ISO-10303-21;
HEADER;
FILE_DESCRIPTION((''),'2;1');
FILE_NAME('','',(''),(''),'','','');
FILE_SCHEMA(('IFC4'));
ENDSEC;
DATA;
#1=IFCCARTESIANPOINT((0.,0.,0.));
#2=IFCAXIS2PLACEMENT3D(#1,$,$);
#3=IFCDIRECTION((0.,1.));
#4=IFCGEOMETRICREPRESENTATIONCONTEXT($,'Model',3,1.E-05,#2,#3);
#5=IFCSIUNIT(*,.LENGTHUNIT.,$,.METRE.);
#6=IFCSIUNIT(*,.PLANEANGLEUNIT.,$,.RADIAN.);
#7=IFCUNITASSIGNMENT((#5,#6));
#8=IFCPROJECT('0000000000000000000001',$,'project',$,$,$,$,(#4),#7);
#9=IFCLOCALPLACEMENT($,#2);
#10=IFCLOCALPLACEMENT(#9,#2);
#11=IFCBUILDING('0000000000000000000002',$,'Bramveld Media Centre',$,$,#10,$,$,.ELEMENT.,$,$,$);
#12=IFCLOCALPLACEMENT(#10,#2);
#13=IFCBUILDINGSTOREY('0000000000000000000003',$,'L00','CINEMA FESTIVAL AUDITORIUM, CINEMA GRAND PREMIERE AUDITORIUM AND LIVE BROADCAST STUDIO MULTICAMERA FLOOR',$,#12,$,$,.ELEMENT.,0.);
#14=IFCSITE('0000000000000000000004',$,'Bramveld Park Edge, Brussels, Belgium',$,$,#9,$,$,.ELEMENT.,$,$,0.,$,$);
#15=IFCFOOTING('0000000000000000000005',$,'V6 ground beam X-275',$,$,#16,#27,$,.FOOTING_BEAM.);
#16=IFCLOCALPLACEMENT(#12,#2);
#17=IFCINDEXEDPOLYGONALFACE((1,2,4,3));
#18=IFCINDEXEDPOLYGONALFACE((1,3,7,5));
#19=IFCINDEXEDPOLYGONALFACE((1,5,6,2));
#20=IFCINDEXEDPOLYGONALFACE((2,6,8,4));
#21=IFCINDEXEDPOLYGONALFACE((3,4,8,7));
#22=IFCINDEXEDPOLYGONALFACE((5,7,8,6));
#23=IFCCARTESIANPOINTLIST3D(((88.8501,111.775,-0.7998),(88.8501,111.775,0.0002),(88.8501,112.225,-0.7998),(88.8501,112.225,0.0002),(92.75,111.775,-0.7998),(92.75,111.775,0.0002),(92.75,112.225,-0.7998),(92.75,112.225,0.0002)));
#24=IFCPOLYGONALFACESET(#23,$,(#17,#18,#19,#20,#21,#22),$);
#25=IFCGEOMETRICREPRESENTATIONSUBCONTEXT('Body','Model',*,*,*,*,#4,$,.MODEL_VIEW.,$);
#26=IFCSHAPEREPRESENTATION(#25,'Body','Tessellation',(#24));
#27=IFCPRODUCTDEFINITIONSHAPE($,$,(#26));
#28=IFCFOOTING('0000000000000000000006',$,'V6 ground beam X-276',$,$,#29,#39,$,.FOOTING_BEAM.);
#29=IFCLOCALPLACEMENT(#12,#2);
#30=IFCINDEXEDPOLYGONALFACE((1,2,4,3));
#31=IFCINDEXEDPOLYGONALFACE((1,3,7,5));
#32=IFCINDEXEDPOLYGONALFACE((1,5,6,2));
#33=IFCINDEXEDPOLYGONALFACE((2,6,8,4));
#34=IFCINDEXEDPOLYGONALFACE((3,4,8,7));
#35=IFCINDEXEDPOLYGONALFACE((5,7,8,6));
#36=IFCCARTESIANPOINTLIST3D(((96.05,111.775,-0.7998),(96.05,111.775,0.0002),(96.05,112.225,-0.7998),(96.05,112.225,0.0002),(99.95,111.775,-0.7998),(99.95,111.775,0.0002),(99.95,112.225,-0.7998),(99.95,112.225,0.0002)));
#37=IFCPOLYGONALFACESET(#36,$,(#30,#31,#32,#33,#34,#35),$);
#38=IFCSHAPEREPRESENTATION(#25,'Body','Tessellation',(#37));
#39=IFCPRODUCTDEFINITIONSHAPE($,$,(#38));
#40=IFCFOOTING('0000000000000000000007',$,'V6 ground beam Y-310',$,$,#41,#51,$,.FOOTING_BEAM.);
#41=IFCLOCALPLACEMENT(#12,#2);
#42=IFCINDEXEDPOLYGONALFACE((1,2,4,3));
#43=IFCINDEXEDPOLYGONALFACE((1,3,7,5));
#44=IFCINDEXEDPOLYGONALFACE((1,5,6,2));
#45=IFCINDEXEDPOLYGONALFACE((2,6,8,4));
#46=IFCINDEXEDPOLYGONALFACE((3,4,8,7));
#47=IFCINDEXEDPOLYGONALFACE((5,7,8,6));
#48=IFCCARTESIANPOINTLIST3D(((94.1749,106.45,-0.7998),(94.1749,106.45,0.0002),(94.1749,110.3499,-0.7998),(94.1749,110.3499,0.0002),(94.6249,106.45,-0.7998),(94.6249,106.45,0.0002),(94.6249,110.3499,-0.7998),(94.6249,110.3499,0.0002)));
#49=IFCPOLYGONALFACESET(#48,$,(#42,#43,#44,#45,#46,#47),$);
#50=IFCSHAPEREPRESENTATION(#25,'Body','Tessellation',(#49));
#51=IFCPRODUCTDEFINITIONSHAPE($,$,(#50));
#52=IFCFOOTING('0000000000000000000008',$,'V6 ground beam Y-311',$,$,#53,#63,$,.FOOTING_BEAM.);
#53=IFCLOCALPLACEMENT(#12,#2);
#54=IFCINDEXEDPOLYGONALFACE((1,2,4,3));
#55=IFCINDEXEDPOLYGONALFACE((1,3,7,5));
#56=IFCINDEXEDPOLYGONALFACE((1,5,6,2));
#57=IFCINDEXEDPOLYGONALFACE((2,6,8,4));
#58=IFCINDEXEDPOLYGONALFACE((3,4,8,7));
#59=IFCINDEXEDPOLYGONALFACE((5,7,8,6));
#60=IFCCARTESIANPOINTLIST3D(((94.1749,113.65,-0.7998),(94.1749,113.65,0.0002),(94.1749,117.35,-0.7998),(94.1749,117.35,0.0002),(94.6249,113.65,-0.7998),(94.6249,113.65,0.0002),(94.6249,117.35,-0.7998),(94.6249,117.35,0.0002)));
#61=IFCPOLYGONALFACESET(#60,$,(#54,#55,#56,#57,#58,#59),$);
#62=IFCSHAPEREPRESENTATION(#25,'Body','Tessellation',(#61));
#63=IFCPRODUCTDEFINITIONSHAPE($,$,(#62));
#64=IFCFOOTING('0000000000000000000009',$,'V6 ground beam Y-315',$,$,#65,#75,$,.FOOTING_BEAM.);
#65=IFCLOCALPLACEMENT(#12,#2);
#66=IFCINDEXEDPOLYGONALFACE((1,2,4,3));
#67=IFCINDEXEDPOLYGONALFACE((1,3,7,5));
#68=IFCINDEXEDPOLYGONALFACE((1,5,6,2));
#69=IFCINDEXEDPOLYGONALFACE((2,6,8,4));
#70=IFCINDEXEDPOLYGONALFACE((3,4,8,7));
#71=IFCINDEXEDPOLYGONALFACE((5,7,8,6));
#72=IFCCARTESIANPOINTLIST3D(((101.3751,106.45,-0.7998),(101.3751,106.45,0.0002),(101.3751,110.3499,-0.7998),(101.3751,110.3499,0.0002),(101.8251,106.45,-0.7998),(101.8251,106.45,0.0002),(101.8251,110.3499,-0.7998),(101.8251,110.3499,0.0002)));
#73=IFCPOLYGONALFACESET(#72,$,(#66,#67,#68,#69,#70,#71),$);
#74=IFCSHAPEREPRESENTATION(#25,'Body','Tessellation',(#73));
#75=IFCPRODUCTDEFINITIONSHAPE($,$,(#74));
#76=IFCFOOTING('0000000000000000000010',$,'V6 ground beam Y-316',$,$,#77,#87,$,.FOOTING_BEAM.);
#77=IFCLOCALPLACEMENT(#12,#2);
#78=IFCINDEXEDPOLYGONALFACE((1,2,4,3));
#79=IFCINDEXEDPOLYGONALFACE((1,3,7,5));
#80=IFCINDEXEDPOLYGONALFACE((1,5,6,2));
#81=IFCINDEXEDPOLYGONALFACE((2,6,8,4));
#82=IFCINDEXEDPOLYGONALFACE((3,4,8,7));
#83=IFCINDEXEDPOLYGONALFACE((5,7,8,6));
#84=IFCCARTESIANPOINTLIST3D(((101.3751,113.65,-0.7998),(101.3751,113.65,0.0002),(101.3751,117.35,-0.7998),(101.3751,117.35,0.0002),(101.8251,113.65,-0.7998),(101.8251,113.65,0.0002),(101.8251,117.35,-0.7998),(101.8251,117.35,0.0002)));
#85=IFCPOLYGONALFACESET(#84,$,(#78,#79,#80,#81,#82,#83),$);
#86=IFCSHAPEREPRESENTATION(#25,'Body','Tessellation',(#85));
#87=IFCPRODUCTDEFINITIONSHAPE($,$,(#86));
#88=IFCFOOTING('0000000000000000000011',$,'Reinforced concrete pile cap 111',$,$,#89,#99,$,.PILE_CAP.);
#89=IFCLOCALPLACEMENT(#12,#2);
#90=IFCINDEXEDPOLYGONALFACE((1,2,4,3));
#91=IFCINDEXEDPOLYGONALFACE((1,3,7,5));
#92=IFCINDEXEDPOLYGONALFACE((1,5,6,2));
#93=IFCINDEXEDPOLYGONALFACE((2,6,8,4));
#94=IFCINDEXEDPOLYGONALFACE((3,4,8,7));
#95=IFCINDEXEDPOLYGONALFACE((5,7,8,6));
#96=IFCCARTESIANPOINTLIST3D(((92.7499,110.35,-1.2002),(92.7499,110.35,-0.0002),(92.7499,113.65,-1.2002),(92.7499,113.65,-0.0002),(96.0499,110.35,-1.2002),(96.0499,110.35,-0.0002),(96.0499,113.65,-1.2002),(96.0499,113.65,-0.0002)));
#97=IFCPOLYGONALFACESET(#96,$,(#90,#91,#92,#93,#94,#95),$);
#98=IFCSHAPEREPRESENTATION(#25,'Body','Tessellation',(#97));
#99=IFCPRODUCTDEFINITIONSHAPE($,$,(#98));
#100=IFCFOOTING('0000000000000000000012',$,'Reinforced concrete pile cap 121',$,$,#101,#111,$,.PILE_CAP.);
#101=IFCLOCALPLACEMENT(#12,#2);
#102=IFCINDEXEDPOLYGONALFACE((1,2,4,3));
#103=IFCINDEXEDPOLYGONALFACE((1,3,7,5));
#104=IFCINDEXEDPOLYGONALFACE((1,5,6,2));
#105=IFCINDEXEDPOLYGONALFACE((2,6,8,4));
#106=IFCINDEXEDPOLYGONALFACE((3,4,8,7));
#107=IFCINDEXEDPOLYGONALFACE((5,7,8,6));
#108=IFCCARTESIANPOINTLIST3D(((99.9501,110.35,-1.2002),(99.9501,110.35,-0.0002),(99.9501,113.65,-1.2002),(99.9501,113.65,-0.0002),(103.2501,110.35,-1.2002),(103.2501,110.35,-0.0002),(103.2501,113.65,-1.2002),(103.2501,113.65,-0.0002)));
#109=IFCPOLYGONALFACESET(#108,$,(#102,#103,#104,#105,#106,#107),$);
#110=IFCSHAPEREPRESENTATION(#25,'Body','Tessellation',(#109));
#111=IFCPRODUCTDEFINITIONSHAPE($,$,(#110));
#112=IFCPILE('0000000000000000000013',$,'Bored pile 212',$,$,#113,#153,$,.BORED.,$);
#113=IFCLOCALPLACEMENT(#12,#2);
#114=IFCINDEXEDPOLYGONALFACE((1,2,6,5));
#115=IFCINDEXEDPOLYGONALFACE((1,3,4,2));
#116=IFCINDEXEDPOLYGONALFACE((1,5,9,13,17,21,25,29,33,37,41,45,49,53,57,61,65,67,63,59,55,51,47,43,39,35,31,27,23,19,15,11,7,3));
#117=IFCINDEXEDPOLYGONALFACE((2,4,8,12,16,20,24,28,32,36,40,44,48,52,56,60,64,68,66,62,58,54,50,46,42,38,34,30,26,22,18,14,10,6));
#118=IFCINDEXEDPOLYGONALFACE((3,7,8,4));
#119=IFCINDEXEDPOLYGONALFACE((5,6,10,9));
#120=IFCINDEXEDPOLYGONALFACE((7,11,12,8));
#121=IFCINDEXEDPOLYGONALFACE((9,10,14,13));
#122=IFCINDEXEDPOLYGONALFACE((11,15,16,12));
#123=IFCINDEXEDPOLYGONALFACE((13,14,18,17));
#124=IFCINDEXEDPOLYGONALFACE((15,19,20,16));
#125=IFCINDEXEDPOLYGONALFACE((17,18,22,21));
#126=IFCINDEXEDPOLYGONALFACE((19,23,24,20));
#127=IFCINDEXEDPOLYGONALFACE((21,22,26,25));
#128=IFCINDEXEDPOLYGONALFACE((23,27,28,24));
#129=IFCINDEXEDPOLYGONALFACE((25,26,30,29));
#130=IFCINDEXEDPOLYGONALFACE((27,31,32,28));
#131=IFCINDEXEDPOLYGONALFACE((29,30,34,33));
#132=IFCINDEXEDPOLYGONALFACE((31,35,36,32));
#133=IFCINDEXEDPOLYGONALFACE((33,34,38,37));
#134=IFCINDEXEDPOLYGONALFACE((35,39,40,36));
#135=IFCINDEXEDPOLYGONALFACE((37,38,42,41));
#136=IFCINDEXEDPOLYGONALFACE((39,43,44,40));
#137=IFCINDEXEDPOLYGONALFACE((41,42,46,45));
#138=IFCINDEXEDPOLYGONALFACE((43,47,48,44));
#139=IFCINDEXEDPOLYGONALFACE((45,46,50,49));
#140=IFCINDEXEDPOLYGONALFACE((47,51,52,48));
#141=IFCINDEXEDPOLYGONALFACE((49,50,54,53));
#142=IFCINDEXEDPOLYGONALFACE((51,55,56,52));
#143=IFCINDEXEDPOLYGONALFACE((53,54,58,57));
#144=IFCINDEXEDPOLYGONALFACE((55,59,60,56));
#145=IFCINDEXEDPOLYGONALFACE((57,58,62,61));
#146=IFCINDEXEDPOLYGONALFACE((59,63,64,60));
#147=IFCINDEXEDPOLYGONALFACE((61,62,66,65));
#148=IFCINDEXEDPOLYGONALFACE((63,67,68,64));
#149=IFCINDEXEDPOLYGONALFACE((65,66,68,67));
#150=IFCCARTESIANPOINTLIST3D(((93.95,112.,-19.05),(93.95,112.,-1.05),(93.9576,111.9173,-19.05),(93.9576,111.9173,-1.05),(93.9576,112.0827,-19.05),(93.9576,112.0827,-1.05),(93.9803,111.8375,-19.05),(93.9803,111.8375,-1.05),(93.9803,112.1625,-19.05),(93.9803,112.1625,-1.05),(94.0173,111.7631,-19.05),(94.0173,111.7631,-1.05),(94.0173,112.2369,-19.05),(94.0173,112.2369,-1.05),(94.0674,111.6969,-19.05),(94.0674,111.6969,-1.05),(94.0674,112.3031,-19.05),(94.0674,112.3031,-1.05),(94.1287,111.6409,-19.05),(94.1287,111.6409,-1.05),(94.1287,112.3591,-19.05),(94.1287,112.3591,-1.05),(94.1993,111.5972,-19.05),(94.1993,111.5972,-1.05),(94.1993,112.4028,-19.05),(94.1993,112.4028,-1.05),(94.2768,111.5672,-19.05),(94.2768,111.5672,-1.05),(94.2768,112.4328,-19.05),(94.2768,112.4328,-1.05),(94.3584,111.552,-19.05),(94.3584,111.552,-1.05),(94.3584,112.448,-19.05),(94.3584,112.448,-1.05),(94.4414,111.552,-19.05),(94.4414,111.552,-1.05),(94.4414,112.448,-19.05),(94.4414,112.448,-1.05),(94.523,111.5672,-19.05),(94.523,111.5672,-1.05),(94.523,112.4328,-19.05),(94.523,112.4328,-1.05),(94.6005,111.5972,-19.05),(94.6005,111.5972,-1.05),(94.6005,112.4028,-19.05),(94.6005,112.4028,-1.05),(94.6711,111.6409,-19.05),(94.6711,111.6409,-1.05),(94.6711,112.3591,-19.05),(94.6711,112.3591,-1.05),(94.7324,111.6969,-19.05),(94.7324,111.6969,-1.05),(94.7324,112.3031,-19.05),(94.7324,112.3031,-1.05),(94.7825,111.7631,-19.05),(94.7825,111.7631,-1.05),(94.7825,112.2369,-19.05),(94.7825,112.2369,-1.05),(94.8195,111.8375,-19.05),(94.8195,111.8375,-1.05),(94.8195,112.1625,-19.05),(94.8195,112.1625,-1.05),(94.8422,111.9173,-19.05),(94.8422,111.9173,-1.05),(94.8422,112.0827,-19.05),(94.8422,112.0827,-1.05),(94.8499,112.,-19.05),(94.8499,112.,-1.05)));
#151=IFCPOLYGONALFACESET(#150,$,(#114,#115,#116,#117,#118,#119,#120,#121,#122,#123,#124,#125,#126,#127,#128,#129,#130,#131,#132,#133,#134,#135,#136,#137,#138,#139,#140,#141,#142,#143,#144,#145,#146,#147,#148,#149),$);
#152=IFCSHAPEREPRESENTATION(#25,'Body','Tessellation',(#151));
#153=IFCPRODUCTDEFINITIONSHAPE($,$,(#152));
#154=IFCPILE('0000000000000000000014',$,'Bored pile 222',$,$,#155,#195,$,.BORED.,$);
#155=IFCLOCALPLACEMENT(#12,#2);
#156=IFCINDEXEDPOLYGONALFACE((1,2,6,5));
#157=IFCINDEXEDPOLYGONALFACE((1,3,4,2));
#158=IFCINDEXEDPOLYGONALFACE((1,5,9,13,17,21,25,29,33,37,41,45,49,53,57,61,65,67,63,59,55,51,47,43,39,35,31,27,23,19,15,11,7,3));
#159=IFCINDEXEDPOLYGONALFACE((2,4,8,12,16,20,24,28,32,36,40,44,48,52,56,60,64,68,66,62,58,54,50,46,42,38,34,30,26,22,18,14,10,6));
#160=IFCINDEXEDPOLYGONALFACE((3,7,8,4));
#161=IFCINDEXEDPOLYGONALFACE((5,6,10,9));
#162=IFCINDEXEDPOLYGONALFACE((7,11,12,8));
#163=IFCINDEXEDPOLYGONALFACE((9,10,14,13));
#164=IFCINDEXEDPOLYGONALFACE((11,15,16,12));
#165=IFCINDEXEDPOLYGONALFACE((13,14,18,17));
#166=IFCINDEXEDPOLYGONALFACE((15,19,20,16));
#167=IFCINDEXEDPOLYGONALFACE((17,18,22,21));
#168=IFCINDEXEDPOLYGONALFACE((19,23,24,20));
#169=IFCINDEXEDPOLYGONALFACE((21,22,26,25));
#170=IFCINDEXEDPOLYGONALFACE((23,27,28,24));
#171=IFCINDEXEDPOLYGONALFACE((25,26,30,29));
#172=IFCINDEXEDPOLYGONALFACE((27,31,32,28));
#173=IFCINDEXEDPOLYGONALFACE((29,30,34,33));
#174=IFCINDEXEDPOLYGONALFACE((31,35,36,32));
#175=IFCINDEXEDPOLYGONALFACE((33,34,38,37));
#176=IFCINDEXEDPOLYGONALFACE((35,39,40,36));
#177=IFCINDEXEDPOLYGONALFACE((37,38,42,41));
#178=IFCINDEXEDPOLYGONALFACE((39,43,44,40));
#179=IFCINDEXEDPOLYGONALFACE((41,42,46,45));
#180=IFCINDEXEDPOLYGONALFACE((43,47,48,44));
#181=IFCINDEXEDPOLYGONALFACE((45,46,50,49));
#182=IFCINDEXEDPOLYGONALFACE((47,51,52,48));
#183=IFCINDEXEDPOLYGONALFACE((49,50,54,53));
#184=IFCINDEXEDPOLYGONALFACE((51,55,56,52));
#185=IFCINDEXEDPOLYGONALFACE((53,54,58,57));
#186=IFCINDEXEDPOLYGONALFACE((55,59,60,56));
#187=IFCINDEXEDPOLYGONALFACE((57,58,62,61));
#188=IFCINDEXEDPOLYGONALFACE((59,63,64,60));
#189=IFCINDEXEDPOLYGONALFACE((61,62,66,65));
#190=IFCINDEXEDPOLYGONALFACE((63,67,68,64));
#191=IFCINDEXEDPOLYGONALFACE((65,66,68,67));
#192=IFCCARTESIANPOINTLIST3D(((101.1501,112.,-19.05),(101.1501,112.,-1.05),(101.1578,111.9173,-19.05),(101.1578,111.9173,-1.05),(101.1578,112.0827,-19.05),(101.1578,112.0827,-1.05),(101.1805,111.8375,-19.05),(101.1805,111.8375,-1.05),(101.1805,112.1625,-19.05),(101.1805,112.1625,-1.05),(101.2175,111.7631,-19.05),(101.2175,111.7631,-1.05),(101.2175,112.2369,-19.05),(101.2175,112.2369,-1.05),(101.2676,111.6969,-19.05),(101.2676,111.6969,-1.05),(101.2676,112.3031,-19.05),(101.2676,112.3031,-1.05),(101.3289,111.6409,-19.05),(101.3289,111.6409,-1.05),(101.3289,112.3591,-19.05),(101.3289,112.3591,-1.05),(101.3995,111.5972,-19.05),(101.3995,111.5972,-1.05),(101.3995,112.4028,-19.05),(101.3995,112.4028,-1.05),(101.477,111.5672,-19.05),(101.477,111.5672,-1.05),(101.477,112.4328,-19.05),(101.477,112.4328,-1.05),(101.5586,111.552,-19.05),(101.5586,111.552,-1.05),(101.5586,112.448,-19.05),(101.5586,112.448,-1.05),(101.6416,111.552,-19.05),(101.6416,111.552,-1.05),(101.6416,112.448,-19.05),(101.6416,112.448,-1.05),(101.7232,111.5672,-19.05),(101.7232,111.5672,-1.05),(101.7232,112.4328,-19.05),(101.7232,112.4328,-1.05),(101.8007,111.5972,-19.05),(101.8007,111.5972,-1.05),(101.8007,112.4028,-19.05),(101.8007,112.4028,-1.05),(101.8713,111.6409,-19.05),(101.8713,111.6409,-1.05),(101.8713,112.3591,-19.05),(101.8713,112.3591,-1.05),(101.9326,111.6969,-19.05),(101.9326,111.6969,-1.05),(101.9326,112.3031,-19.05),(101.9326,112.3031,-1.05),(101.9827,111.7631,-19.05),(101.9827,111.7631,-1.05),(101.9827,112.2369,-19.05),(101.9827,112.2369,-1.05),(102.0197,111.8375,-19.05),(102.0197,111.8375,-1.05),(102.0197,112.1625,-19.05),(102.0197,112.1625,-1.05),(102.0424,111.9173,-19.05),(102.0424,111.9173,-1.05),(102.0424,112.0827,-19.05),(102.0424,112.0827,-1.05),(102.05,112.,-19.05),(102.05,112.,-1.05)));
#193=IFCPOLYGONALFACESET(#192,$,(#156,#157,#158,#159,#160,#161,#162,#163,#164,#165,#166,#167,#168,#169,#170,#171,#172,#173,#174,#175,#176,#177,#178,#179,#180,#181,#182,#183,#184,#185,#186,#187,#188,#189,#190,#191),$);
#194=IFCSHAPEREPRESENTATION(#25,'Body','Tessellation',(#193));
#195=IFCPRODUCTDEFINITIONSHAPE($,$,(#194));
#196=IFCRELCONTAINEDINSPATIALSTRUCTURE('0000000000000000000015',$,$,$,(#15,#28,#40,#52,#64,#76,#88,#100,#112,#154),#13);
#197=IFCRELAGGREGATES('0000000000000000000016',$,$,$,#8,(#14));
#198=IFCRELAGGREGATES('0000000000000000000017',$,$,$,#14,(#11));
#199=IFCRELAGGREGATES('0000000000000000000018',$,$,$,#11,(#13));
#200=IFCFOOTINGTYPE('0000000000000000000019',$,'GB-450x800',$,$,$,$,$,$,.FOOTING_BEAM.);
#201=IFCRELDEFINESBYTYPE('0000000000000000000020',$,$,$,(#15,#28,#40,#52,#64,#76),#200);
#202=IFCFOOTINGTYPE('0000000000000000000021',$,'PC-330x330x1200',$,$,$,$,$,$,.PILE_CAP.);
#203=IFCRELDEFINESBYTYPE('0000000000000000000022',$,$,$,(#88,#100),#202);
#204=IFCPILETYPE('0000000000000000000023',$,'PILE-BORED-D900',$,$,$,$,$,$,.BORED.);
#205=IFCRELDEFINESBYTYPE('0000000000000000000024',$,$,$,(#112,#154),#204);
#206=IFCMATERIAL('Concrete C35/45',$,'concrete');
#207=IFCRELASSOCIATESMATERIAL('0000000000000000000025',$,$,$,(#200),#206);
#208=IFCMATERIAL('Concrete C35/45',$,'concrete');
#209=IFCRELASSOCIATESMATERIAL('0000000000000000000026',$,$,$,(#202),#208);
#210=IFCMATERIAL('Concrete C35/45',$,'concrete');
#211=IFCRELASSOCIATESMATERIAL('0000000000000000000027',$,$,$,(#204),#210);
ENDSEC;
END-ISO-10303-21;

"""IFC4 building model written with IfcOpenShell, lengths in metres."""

from ifc_helpers import new_model, si_unit, direction, frame, origin, origin_2d, place, context, subcontext, project, spatial, rectangle, circle, extrude, material, material_profile, profile_set, type_object, element, save


model = new_model("IFC4")

# Units and contexts
model_context = context("Model", 3, precision=1e-05, world=origin(), true_north=direction((0.0, 1.0)))
body_context = subcontext(model_context, "Body", "Model", "MODEL_VIEW")
ifc_project = project(units=[si_unit("LENGTHUNIT", "METRE"), si_unit("PLANEANGLEUNIT", "RADIAN")], contexts=[model_context])

# Site, building, storey
site_placement = place(None, origin())
site = spatial("IfcSite", under=ifc_project, at=site_placement, Name="Bramveld Park Edge, Brussels, Belgium", CompositionType="ELEMENT", RefElevation=0.0)
building_placement = place(site_placement, origin())
building = spatial("IfcBuilding", under=site, at=building_placement, Name="Bramveld Media Centre", CompositionType="ELEMENT")
storey_placement = place(building_placement, origin())
storey = spatial("IfcBuildingStorey", under=building, at=storey_placement, Name="L00", Description="CINEMA FESTIVAL AUDITORIUM, CINEMA GRAND PREMIERE AUDITORIUM AND LIVE BROADCAST STUDIO MULTICAMERA FLOOR", CompositionType="ELEMENT", Elevation=0.0)

# Footings
ifc_material_1 = material(Name="Concrete C35/45", Category="concrete")
footing_type_1 = type_object("IfcFootingType", Name="GB-450x800", PredefinedType="FOOTING_BEAM", material=ifc_material_1)
for number, where, z_axis, x_axis, name in (
    (1, (90.8, 112.0, -0.7998), (0.0, 0.0, 1.0), (1.0, 0.0, 0.0), "V6 ground beam X-275"),
    (2, (98.0, 112.0, -0.7998), (0.0, 0.0, 1.0), (1.0, 0.0, 0.0), "V6 ground beam X-276"),
):
    element("IfcFooting", number, at=place(storey_placement, frame(where, z_axis=z_axis, x_axis=x_axis)), inside=storey, type_object=footing_type_1, Name=name, PredefinedType="FOOTING_BEAM", context=body_context, shape_type="SweptSolid", body=[
        extrude(rectangle(XDim=3.8999, YDim=0.45, at=origin_2d()), origin(), (0.0, 0.0, 1.0), 0.8),
    ])
footing_1_placement = place(storey_placement, frame((94.3999, 108.3999, -0.7998), z_axis=(0.0, 0.0, 1.0), x_axis=(1.0, 0.0, 0.0)))
element("IfcFooting", 3, at=footing_1_placement, inside=storey, type_object=footing_type_1, Name="V6 ground beam Y-310", PredefinedType="FOOTING_BEAM", context=body_context, shape_type="SweptSolid", body=[
    extrude(rectangle(XDim=0.45, YDim=3.8999, at=origin_2d()), origin(), (0.0, 0.0, 1.0), 0.8),
])
footing_2_placement = place(storey_placement, frame((94.3999, 115.5, -0.7998), z_axis=(0.0, 0.0, 1.0), x_axis=(1.0, 0.0, 0.0)))
element("IfcFooting", 4, at=footing_2_placement, inside=storey, type_object=footing_type_1, Name="V6 ground beam Y-311", PredefinedType="FOOTING_BEAM", context=body_context, shape_type="SweptSolid", body=[
    extrude(rectangle(XDim=0.45, YDim=3.7, at=origin_2d()), origin(), (0.0, 0.0, 1.0), 0.8),
])
footing_3_placement = place(storey_placement, frame((101.6001, 108.3999, -0.7998), z_axis=(0.0, 0.0, 1.0), x_axis=(1.0, 0.0, 0.0)))
element("IfcFooting", 5, at=footing_3_placement, inside=storey, type_object=footing_type_1, Name="V6 ground beam Y-315", PredefinedType="FOOTING_BEAM", context=body_context, shape_type="SweptSolid", body=[
    extrude(rectangle(XDim=0.45, YDim=3.8999, at=origin_2d()), origin(), (0.0, 0.0, 1.0), 0.8),
])
footing_4_placement = place(storey_placement, frame((101.6001, 115.5, -0.7998), z_axis=(0.0, 0.0, 1.0), x_axis=(1.0, 0.0, 0.0)))
element("IfcFooting", 6, at=footing_4_placement, inside=storey, type_object=footing_type_1, Name="V6 ground beam Y-316", PredefinedType="FOOTING_BEAM", context=body_context, shape_type="SweptSolid", body=[
    extrude(rectangle(XDim=0.45, YDim=3.7, at=origin_2d()), origin(), (0.0, 0.0, 1.0), 0.8),
])
ifc_material_2 = material(Name="Concrete C35/45", Category="concrete")
footing_type_2 = type_object("IfcFootingType", Name="PC-330x330x1200", PredefinedType="PILE_CAP", material=ifc_material_2)
for number, where, z_axis, x_axis, name in (
    (7, (94.3999, 112.0, -1.2002), (0.0, 0.0, 1.0), (1.0, 0.0, 0.0), "Reinforced concrete pile cap 111"),
    (8, (101.6001, 112.0, -1.2002), (0.0, 0.0, 1.0), (1.0, 0.0, 0.0), "Reinforced concrete pile cap 121"),
):
    element("IfcFooting", number, at=place(storey_placement, frame(where, z_axis=z_axis, x_axis=x_axis)), inside=storey, type_object=footing_type_2, Name=name, PredefinedType="PILE_CAP", context=body_context, shape_type="SweptSolid", body=[
        extrude(rectangle(XDim=3.3, YDim=3.3, at=origin_2d()), origin(), (0.0, 0.0, 1.0), 1.2),
    ])

# Piles
ifc_material_3 = material(Name="Concrete C35/45", Category="concrete")
ifc_material_profile_1 = material_profile(ifc_material_3, circle(Radius=0.45, at=origin_2d()), Name="BORED D900")
ifc_profile_set_1 = profile_set([ifc_material_profile_1], Name="Concrete C35/45")
pile_type = type_object("IfcPileType", Name="PILE-BORED-D900", PredefinedType="BORED", material=ifc_profile_set_1)
for number, where, z_axis, x_axis, name in (
    (9, (94.3999, 112.0, -1.05), (0.0, 0.0, -1.0), (1.0, 0.0, 0.0), "Bored pile 212"),
    (10, (101.6001, 112.0, -1.05), (0.0, 0.0, -1.0), (1.0, 0.0, 0.0), "Bored pile 222"),
):
    element("IfcPile", number, at=place(storey_placement, frame(where, z_axis=z_axis, x_axis=x_axis)), inside=storey, type_object=pile_type, Name=name, PredefinedType="BORED", context=body_context, shape_type="SweptSolid", body=[
        extrude(circle(Radius=0.45, at=origin_2d()), origin(), (0.0, 0.0, 1.0), 18.0),
    ])

save(model, "model.ifc")
